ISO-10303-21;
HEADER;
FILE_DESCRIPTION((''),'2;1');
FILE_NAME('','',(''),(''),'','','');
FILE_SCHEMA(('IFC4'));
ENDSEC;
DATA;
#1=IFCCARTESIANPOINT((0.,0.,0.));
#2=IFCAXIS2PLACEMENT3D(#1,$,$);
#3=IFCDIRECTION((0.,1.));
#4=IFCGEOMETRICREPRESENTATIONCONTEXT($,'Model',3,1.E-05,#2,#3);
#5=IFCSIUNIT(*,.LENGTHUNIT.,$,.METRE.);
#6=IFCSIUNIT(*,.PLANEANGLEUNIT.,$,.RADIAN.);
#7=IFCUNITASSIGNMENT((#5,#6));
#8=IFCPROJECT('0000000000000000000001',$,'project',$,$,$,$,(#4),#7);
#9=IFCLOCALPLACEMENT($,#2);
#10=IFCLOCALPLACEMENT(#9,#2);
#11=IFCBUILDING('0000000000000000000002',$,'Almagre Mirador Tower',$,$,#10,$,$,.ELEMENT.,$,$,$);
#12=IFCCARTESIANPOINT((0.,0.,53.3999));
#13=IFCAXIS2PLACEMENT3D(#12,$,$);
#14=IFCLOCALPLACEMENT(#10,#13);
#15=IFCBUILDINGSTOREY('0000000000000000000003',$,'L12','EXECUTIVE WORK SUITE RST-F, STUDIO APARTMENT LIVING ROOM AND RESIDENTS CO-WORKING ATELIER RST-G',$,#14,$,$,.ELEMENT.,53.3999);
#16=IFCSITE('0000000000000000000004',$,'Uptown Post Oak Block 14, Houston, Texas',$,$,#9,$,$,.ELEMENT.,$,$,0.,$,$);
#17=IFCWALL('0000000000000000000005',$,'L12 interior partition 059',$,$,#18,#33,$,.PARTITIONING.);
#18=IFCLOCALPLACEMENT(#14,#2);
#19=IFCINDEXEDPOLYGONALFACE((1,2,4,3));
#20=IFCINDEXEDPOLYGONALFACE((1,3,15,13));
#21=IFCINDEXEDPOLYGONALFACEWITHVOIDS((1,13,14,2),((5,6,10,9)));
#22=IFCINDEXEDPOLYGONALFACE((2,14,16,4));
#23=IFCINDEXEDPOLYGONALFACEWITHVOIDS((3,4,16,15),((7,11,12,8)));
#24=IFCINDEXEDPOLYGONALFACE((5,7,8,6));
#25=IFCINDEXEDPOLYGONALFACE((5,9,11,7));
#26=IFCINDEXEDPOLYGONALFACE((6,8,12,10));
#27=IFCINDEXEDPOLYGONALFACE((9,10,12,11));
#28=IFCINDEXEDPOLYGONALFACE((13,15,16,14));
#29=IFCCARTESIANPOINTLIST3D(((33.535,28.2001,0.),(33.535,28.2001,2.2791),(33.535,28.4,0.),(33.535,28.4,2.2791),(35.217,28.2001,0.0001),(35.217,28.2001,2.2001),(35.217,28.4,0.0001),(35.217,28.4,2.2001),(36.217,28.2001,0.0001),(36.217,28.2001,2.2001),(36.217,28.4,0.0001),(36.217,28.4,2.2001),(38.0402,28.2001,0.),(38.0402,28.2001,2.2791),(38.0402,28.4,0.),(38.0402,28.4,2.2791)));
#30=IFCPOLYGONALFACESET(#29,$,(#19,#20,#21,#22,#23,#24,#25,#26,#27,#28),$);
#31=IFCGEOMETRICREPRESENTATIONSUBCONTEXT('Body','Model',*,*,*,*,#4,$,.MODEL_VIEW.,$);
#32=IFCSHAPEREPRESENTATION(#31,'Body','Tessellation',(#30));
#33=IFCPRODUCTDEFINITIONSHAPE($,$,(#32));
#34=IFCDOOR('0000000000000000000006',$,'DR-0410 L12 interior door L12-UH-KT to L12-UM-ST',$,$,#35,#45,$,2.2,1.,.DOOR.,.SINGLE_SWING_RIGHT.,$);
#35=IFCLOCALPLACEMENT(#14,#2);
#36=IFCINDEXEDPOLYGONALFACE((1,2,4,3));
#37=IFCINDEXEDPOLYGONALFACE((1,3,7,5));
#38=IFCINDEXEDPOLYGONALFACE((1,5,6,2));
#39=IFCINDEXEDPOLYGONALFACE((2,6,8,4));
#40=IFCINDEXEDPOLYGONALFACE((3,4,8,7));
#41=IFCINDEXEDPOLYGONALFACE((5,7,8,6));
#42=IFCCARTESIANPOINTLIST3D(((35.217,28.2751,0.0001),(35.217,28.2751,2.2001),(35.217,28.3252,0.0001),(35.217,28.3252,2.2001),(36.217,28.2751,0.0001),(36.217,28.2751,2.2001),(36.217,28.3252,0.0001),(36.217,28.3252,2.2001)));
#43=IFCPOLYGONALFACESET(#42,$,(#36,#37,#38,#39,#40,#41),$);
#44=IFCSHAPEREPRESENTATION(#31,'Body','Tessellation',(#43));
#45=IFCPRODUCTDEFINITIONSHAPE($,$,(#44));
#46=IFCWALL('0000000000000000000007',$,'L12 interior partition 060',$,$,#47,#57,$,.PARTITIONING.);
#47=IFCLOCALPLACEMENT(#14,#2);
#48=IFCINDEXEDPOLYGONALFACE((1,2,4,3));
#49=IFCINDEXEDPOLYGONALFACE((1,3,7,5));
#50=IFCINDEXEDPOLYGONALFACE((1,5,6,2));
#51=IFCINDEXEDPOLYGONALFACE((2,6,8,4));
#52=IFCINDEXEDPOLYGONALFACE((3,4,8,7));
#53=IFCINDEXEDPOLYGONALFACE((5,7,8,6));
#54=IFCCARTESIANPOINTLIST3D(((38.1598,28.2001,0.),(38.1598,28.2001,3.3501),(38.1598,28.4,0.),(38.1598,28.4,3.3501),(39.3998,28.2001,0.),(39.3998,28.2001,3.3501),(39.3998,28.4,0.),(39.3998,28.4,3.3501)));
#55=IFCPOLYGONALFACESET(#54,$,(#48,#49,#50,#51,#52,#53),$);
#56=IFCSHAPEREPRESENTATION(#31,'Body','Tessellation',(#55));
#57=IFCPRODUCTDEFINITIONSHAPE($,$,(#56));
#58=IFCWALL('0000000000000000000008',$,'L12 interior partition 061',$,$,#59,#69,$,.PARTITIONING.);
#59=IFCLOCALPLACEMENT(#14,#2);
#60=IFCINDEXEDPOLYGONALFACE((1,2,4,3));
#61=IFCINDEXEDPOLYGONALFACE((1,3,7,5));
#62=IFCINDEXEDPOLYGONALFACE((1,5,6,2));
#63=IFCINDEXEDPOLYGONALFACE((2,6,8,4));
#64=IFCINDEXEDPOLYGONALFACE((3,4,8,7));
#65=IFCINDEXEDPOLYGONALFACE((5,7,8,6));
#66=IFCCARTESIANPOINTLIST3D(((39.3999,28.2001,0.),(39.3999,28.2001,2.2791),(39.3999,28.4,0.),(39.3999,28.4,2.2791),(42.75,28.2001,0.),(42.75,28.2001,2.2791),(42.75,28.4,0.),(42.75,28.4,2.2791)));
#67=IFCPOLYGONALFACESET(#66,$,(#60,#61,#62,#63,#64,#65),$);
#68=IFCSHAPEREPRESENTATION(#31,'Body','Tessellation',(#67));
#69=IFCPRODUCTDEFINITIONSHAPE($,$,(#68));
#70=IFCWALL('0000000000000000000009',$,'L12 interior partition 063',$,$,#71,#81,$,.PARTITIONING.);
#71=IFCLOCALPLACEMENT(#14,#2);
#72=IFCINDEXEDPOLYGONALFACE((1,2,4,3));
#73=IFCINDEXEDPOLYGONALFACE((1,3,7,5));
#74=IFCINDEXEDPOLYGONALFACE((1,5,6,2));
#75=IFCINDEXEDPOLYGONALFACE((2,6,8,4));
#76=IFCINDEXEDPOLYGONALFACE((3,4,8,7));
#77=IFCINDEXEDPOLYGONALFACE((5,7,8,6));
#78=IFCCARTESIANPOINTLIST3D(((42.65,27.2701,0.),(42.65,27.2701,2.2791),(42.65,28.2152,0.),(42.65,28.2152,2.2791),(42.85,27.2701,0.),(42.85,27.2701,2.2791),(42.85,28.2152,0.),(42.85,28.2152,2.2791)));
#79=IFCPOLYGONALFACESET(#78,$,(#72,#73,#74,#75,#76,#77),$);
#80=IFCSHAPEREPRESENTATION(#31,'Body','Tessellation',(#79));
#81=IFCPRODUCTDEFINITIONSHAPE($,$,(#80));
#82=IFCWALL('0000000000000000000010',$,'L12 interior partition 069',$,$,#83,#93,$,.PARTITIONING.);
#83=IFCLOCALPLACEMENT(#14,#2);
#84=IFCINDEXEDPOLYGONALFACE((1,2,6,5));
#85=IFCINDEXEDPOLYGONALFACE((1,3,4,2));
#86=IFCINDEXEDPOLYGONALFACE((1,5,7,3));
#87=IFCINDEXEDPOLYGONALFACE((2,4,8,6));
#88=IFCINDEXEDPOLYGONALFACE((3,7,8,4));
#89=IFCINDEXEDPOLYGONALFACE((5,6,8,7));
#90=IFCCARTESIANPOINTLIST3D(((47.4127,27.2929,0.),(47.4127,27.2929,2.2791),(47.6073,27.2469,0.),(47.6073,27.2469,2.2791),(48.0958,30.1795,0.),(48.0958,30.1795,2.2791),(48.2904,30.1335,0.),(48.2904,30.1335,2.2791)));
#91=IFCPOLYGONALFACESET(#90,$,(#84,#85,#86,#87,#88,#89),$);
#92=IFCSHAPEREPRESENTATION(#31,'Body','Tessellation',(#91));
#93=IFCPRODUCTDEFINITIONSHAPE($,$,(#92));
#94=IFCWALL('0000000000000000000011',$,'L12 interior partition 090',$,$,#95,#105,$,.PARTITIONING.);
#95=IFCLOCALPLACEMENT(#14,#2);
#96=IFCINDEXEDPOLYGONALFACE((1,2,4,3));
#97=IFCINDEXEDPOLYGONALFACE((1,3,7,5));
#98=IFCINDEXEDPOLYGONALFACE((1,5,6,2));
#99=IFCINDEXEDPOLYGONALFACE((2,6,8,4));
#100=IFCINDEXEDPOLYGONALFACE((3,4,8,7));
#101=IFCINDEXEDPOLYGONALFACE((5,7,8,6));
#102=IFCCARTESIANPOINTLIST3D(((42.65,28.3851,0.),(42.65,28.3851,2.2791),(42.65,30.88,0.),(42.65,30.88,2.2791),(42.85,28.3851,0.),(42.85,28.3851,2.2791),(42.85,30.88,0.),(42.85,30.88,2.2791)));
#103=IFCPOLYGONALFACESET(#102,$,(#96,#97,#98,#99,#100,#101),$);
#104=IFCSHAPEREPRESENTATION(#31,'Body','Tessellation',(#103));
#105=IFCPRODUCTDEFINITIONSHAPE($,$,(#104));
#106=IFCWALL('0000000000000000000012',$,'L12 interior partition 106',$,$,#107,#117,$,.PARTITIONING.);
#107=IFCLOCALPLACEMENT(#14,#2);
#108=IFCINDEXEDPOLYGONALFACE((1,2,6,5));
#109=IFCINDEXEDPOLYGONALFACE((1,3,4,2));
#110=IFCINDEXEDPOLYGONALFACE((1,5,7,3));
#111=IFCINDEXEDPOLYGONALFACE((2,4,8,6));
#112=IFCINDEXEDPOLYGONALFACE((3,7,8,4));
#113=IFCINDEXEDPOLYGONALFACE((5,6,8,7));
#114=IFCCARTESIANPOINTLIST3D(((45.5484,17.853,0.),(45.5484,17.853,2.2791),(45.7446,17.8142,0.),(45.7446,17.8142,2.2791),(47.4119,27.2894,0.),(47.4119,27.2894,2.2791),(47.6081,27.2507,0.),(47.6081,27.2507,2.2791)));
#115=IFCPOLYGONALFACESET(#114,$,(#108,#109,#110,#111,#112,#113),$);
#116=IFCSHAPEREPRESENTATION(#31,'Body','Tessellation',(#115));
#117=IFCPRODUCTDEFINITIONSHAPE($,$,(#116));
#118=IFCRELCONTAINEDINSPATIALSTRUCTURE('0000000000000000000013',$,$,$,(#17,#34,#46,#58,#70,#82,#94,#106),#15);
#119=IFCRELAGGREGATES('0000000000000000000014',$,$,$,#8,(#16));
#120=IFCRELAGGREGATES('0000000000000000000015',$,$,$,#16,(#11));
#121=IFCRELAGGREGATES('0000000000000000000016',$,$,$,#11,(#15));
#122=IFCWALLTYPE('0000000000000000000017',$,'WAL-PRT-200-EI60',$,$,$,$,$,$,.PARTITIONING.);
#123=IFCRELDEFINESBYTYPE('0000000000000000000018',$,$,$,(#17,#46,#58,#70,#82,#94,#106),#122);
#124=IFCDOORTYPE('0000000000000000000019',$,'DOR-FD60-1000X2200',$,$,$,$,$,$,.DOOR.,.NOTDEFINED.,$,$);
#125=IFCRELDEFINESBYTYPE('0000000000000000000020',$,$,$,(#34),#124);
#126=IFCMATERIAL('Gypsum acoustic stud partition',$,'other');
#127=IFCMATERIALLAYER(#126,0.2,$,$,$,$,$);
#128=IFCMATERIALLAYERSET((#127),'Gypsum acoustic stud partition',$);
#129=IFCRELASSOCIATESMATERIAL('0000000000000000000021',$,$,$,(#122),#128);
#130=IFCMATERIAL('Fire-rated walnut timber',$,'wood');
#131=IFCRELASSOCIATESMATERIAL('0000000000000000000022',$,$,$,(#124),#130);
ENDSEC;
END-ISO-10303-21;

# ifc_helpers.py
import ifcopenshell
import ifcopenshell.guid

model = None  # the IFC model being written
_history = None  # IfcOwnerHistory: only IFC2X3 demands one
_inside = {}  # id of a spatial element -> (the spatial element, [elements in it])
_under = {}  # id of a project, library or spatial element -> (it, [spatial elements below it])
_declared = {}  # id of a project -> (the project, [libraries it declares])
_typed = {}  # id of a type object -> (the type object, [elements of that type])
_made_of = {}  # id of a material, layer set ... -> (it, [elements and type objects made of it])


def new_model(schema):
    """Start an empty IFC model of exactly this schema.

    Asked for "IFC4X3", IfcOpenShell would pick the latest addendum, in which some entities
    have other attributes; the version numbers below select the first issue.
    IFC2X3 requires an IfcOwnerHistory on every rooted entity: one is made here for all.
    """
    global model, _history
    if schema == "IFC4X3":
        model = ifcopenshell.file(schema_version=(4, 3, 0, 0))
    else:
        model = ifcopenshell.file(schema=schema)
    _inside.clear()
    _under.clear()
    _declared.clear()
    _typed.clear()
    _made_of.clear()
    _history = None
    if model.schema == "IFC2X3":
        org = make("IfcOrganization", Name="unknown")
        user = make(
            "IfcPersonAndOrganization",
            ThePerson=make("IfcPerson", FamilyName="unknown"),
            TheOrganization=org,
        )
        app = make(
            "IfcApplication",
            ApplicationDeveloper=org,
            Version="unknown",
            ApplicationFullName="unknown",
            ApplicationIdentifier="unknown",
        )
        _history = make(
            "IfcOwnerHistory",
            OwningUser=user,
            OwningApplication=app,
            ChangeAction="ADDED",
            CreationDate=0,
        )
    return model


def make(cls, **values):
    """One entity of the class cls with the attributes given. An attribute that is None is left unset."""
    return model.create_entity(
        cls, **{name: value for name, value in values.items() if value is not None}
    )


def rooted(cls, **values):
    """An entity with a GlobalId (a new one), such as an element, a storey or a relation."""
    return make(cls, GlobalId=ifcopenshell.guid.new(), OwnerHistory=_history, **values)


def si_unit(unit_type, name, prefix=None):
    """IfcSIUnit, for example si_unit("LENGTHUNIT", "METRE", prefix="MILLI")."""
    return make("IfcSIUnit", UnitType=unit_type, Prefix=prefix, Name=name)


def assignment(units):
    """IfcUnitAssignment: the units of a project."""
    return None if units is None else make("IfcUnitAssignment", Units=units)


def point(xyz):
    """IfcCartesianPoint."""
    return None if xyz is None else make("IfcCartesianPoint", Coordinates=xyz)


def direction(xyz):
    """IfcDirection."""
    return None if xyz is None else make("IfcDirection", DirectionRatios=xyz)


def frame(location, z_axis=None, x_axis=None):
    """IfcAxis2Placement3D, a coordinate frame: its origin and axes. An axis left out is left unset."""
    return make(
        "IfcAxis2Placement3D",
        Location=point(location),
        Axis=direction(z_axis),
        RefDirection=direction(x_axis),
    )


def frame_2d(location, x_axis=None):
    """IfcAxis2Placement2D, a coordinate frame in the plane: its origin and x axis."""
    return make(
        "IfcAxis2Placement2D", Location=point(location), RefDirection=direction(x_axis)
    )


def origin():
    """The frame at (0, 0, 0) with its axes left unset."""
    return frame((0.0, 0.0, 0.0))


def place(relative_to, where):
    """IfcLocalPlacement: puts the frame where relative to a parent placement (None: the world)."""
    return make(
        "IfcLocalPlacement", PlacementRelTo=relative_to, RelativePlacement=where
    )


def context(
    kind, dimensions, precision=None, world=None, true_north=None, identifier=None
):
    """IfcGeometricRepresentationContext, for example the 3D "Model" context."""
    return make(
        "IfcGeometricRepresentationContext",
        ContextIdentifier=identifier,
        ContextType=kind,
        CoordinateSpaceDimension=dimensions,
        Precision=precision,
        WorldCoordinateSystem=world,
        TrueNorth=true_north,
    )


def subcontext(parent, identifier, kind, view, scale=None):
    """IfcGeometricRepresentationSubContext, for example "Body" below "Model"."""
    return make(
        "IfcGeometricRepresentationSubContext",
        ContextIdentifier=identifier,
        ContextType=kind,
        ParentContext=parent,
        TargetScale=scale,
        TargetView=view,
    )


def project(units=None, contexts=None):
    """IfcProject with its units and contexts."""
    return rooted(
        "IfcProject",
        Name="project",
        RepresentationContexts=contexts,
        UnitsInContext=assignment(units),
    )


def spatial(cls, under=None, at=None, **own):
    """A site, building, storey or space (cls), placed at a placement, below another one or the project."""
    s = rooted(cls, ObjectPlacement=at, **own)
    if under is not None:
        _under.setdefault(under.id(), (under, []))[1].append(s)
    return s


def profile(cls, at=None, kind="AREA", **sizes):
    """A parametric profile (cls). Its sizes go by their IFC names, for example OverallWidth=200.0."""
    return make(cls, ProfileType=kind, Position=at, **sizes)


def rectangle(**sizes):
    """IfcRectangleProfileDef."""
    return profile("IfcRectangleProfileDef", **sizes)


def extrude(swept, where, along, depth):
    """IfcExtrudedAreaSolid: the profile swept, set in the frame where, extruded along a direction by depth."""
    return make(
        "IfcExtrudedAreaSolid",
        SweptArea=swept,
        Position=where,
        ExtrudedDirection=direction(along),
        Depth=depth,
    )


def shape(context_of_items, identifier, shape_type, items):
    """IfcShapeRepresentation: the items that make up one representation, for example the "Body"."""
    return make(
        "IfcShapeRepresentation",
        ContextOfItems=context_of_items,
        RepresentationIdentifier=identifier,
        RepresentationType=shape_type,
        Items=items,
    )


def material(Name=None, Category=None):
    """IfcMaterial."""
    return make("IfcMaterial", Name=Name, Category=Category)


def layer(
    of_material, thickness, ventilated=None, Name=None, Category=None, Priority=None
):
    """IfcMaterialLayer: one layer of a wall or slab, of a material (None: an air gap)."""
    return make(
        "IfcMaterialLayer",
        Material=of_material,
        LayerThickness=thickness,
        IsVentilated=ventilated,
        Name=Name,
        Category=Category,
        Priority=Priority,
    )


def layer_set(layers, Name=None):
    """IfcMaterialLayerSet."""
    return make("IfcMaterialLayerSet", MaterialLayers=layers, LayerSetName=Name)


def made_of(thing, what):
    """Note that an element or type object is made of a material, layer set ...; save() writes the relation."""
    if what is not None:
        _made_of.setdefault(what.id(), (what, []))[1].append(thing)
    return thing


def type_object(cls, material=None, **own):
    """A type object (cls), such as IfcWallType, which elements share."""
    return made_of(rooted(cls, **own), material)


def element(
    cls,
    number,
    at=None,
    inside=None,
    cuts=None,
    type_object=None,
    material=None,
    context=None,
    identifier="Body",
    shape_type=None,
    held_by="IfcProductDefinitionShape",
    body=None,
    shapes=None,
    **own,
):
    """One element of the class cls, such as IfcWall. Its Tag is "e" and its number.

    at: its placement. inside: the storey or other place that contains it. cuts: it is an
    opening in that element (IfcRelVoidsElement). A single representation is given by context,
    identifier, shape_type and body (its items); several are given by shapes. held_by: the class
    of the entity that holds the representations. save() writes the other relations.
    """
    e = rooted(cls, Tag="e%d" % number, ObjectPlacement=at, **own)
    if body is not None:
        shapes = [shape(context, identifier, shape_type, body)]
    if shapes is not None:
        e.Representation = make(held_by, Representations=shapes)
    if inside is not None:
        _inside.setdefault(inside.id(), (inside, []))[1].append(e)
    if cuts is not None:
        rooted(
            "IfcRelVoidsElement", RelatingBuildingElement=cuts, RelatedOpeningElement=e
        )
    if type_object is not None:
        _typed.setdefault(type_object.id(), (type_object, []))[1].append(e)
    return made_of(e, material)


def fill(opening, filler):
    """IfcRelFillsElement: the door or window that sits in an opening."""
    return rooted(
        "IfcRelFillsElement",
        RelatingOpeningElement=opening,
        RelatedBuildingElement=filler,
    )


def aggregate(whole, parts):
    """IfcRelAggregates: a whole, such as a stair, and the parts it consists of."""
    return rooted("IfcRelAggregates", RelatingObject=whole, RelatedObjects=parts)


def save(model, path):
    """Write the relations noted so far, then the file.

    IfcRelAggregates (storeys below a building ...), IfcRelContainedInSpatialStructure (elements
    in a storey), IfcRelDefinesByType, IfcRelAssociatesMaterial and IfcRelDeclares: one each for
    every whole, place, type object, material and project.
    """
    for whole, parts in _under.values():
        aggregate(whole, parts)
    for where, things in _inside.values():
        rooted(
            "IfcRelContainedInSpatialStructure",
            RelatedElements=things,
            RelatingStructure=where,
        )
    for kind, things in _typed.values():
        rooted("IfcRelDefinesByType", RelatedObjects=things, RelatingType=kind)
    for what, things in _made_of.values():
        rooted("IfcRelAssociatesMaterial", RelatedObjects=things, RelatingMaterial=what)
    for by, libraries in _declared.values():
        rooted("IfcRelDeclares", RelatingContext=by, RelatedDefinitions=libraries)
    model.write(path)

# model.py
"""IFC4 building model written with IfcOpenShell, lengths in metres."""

from ifc_helpers import new_model, si_unit, direction, frame, frame_2d, origin, place, context, subcontext, project, spatial, rectangle, extrude, material, layer, layer_set, type_object, element, fill, save


model = new_model("IFC4")

# Units and contexts
model_context = context("Model", 3, precision=1e-05, world=origin(), true_north=direction((0.0, 1.0)))
body_context = subcontext(model_context, "Body", "Model", "MODEL_VIEW")
ifc_project = project(units=[si_unit("LENGTHUNIT", "METRE"), si_unit("PLANEANGLEUNIT", "RADIAN")], contexts=[model_context])

# Site, building, storey
site_placement = place(None, origin())
site = spatial("IfcSite", under=ifc_project, at=site_placement, Name="Uptown Post Oak Block 14, Houston, Texas", CompositionType="ELEMENT", RefElevation=0.0)
building_placement = place(site_placement, origin())
building = spatial("IfcBuilding", under=site, at=building_placement, Name="Almagre Mirador Tower", CompositionType="ELEMENT")
storey_placement = place(building_placement, frame((0.0, 0.0, 53.3999)))
storey = spatial("IfcBuildingStorey", under=building, at=storey_placement, Name="L12", Description="EXECUTIVE WORK SUITE RST-F, STUDIO APARTMENT LIVING ROOM AND RESIDENTS CO-WORKING ATELIER RST-G", CompositionType="ELEMENT", Elevation=53.3999)

# Wall, opening, door
ifc_material_1 = material(Name="Gypsum acoustic stud partition", Category="other")
ifc_layer_1 = layer(ifc_material_1, 0.2)
ifc_layer_set_1 = layer_set([ifc_layer_1], Name="Gypsum acoustic stud partition")
wall_type_1 = type_object("IfcWallType", Name="WAL-PRT-200-EI60", PredefinedType="PARTITIONING", material=ifc_layer_set_1)
wall_1_placement = place(storey_placement, frame((38.04, 28.3, 0.0), z_axis=(0.0, 0.0, 1.0), x_axis=(-1.0, 0.0, 0.0)))
wall_1 = element("IfcWall", 1, at=wall_1_placement, inside=storey, type_object=wall_type_1, Name="L12 interior partition 059", PredefinedType="PARTITIONING", context=body_context, shape_type="SweptSolid", body=[
    extrude(rectangle(XDim=4.5051, YDim=0.2, at=frame_2d((2.2524, 0.0))), origin(), (0.0, 0.0, 1.0), 2.2791),
])
opening_1_placement = place(wall_1_placement, frame((1.823, 0.0, 0.0)))
opening_1 = element("IfcOpeningElement", 2, at=opening_1_placement, cuts=wall_1, PredefinedType="OPENING", context=body_context, shape_type="SweptSolid", body=[
    extrude(rectangle(XDim=1.0, YDim=2.2, at=frame_2d((0.5, 1.1001))), frame((0.0, 0.1101, 0.0), z_axis=(0.0, -1.0, 0.0), x_axis=(1.0, 0.0, 0.0)), (0.0, 0.0, 1.0), 0.22),
])
ifc_material_2 = material(Name="Fire-rated walnut timber", Category="wood")
door_type_1 = type_object("IfcDoorType", Name="DOR-FD60-1000X2200", OperationType="NOTDEFINED", PredefinedType="DOOR", material=ifc_material_2)
door_1_placement = place(opening_1_placement, origin())
door_1 = element("IfcDoor", 3, at=door_1_placement, inside=storey, type_object=door_type_1, Name="DR-0410 L12 interior door L12-UH-KT to L12-UM-ST", OperationType="SINGLE_SWING_RIGHT", OverallHeight=2.2, OverallWidth=1.0, PredefinedType="DOOR", context=body_context, shape_type="SweptSolid", body=[
    extrude(rectangle(XDim=1.0, YDim=2.2, at=frame_2d((0.5, 1.1001))), frame((0.0, 0.0249, 0.0), z_axis=(0.0, -1.0, 0.0), x_axis=(1.0, 0.0, 0.0)), (0.0, 0.0, 1.0), 0.05),
])
fill(opening_1, door_1)

# Walls
wall_2_placement = place(storey_placement, frame((39.3999, 28.3, 0.0), z_axis=(0.0, 0.0, 1.0), x_axis=(-1.0, 0.0, 0.0)))
element("IfcWall", 4, at=wall_2_placement, inside=storey, type_object=wall_type_1, Name="L12 interior partition 060", PredefinedType="PARTITIONING", context=body_context, shape_type="SweptSolid", body=[
    extrude(rectangle(XDim=1.24, YDim=0.2, at=frame_2d((0.6201, 0.0))), origin(), (0.0, 0.0, 1.0), 3.3501),
])
wall_3_placement = place(storey_placement, frame((42.75, 28.3, 0.0), z_axis=(0.0, 0.0, 1.0), x_axis=(-1.0, 0.0, 0.0)))
element("IfcWall", 5, at=wall_3_placement, inside=storey, type_object=wall_type_1, Name="L12 interior partition 061", PredefinedType="PARTITIONING", context=body_context, shape_type="SweptSolid", body=[
    extrude(rectangle(XDim=3.3501, YDim=0.2, at=frame_2d((1.675, 0.0))), origin(), (0.0, 0.0, 1.0), 2.2791),
])
wall_4_placement = place(storey_placement, frame((42.75, 27.27, 0.0), z_axis=(0.0, 0.0, 1.0), x_axis=(0.0, 1.0, 0.0)))
element("IfcWall", 6, at=wall_4_placement, inside=storey, type_object=wall_type_1, Name="L12 interior partition 063", PredefinedType="PARTITIONING", context=body_context, shape_type="SweptSolid", body=[
    extrude(rectangle(XDim=0.9451, YDim=0.2, at=frame_2d((0.4727, 0.0))), origin(), (0.0, 0.0, 1.0), 2.2791),
])
wall_5_placement = place(storey_placement, frame((48.1931, 30.1565, 0.0), z_axis=(0.0, 0.0, 1.0), x_axis=(-0.230296, -0.973121, 0.0)))
element("IfcWall", 7, at=wall_5_placement, inside=storey, type_object=wall_type_1, Name="L12 interior partition 069", PredefinedType="PARTITIONING", context=body_context, shape_type="SweptSolid", body=[
    extrude(rectangle(XDim=2.9663, YDim=0.2, at=frame_2d((1.4832, 0.0))), origin(), (0.0, 0.0, 1.0), 2.2791),
])
wall_6_placement = place(storey_placement, frame((42.75, 28.385, 0.0), z_axis=(0.0, 0.0, 1.0), x_axis=(0.0, 1.0, 0.0)))
element("IfcWall", 8, at=wall_6_placement, inside=storey, type_object=wall_type_1, Name="L12 interior partition 090", PredefinedType="PARTITIONING", context=body_context, shape_type="SweptSolid", body=[
    extrude(rectangle(XDim=2.4949, YDim=0.2, at=frame_2d((1.2476, 0.0))), origin(), (0.0, 0.0, 1.0), 2.2791),
])
wall_7_placement = place(storey_placement, frame((47.51, 27.27, 0.0), z_axis=(0.0, 0.0, 1.0), x_axis=(-0.193738, -0.981053, 0.0)))
element("IfcWall", 9, at=wall_7_placement, inside=storey, type_object=wall_type_1, Name="L12 interior partition 106", PredefinedType="PARTITIONING", context=body_context, shape_type="SweptSolid", body=[
    extrude(rectangle(XDim=9.6187, YDim=0.2, at=frame_2d((4.8093, 0.0))), origin(), (0.0, 0.0, 1.0), 2.2791),
])

save(model, "model.ifc")
